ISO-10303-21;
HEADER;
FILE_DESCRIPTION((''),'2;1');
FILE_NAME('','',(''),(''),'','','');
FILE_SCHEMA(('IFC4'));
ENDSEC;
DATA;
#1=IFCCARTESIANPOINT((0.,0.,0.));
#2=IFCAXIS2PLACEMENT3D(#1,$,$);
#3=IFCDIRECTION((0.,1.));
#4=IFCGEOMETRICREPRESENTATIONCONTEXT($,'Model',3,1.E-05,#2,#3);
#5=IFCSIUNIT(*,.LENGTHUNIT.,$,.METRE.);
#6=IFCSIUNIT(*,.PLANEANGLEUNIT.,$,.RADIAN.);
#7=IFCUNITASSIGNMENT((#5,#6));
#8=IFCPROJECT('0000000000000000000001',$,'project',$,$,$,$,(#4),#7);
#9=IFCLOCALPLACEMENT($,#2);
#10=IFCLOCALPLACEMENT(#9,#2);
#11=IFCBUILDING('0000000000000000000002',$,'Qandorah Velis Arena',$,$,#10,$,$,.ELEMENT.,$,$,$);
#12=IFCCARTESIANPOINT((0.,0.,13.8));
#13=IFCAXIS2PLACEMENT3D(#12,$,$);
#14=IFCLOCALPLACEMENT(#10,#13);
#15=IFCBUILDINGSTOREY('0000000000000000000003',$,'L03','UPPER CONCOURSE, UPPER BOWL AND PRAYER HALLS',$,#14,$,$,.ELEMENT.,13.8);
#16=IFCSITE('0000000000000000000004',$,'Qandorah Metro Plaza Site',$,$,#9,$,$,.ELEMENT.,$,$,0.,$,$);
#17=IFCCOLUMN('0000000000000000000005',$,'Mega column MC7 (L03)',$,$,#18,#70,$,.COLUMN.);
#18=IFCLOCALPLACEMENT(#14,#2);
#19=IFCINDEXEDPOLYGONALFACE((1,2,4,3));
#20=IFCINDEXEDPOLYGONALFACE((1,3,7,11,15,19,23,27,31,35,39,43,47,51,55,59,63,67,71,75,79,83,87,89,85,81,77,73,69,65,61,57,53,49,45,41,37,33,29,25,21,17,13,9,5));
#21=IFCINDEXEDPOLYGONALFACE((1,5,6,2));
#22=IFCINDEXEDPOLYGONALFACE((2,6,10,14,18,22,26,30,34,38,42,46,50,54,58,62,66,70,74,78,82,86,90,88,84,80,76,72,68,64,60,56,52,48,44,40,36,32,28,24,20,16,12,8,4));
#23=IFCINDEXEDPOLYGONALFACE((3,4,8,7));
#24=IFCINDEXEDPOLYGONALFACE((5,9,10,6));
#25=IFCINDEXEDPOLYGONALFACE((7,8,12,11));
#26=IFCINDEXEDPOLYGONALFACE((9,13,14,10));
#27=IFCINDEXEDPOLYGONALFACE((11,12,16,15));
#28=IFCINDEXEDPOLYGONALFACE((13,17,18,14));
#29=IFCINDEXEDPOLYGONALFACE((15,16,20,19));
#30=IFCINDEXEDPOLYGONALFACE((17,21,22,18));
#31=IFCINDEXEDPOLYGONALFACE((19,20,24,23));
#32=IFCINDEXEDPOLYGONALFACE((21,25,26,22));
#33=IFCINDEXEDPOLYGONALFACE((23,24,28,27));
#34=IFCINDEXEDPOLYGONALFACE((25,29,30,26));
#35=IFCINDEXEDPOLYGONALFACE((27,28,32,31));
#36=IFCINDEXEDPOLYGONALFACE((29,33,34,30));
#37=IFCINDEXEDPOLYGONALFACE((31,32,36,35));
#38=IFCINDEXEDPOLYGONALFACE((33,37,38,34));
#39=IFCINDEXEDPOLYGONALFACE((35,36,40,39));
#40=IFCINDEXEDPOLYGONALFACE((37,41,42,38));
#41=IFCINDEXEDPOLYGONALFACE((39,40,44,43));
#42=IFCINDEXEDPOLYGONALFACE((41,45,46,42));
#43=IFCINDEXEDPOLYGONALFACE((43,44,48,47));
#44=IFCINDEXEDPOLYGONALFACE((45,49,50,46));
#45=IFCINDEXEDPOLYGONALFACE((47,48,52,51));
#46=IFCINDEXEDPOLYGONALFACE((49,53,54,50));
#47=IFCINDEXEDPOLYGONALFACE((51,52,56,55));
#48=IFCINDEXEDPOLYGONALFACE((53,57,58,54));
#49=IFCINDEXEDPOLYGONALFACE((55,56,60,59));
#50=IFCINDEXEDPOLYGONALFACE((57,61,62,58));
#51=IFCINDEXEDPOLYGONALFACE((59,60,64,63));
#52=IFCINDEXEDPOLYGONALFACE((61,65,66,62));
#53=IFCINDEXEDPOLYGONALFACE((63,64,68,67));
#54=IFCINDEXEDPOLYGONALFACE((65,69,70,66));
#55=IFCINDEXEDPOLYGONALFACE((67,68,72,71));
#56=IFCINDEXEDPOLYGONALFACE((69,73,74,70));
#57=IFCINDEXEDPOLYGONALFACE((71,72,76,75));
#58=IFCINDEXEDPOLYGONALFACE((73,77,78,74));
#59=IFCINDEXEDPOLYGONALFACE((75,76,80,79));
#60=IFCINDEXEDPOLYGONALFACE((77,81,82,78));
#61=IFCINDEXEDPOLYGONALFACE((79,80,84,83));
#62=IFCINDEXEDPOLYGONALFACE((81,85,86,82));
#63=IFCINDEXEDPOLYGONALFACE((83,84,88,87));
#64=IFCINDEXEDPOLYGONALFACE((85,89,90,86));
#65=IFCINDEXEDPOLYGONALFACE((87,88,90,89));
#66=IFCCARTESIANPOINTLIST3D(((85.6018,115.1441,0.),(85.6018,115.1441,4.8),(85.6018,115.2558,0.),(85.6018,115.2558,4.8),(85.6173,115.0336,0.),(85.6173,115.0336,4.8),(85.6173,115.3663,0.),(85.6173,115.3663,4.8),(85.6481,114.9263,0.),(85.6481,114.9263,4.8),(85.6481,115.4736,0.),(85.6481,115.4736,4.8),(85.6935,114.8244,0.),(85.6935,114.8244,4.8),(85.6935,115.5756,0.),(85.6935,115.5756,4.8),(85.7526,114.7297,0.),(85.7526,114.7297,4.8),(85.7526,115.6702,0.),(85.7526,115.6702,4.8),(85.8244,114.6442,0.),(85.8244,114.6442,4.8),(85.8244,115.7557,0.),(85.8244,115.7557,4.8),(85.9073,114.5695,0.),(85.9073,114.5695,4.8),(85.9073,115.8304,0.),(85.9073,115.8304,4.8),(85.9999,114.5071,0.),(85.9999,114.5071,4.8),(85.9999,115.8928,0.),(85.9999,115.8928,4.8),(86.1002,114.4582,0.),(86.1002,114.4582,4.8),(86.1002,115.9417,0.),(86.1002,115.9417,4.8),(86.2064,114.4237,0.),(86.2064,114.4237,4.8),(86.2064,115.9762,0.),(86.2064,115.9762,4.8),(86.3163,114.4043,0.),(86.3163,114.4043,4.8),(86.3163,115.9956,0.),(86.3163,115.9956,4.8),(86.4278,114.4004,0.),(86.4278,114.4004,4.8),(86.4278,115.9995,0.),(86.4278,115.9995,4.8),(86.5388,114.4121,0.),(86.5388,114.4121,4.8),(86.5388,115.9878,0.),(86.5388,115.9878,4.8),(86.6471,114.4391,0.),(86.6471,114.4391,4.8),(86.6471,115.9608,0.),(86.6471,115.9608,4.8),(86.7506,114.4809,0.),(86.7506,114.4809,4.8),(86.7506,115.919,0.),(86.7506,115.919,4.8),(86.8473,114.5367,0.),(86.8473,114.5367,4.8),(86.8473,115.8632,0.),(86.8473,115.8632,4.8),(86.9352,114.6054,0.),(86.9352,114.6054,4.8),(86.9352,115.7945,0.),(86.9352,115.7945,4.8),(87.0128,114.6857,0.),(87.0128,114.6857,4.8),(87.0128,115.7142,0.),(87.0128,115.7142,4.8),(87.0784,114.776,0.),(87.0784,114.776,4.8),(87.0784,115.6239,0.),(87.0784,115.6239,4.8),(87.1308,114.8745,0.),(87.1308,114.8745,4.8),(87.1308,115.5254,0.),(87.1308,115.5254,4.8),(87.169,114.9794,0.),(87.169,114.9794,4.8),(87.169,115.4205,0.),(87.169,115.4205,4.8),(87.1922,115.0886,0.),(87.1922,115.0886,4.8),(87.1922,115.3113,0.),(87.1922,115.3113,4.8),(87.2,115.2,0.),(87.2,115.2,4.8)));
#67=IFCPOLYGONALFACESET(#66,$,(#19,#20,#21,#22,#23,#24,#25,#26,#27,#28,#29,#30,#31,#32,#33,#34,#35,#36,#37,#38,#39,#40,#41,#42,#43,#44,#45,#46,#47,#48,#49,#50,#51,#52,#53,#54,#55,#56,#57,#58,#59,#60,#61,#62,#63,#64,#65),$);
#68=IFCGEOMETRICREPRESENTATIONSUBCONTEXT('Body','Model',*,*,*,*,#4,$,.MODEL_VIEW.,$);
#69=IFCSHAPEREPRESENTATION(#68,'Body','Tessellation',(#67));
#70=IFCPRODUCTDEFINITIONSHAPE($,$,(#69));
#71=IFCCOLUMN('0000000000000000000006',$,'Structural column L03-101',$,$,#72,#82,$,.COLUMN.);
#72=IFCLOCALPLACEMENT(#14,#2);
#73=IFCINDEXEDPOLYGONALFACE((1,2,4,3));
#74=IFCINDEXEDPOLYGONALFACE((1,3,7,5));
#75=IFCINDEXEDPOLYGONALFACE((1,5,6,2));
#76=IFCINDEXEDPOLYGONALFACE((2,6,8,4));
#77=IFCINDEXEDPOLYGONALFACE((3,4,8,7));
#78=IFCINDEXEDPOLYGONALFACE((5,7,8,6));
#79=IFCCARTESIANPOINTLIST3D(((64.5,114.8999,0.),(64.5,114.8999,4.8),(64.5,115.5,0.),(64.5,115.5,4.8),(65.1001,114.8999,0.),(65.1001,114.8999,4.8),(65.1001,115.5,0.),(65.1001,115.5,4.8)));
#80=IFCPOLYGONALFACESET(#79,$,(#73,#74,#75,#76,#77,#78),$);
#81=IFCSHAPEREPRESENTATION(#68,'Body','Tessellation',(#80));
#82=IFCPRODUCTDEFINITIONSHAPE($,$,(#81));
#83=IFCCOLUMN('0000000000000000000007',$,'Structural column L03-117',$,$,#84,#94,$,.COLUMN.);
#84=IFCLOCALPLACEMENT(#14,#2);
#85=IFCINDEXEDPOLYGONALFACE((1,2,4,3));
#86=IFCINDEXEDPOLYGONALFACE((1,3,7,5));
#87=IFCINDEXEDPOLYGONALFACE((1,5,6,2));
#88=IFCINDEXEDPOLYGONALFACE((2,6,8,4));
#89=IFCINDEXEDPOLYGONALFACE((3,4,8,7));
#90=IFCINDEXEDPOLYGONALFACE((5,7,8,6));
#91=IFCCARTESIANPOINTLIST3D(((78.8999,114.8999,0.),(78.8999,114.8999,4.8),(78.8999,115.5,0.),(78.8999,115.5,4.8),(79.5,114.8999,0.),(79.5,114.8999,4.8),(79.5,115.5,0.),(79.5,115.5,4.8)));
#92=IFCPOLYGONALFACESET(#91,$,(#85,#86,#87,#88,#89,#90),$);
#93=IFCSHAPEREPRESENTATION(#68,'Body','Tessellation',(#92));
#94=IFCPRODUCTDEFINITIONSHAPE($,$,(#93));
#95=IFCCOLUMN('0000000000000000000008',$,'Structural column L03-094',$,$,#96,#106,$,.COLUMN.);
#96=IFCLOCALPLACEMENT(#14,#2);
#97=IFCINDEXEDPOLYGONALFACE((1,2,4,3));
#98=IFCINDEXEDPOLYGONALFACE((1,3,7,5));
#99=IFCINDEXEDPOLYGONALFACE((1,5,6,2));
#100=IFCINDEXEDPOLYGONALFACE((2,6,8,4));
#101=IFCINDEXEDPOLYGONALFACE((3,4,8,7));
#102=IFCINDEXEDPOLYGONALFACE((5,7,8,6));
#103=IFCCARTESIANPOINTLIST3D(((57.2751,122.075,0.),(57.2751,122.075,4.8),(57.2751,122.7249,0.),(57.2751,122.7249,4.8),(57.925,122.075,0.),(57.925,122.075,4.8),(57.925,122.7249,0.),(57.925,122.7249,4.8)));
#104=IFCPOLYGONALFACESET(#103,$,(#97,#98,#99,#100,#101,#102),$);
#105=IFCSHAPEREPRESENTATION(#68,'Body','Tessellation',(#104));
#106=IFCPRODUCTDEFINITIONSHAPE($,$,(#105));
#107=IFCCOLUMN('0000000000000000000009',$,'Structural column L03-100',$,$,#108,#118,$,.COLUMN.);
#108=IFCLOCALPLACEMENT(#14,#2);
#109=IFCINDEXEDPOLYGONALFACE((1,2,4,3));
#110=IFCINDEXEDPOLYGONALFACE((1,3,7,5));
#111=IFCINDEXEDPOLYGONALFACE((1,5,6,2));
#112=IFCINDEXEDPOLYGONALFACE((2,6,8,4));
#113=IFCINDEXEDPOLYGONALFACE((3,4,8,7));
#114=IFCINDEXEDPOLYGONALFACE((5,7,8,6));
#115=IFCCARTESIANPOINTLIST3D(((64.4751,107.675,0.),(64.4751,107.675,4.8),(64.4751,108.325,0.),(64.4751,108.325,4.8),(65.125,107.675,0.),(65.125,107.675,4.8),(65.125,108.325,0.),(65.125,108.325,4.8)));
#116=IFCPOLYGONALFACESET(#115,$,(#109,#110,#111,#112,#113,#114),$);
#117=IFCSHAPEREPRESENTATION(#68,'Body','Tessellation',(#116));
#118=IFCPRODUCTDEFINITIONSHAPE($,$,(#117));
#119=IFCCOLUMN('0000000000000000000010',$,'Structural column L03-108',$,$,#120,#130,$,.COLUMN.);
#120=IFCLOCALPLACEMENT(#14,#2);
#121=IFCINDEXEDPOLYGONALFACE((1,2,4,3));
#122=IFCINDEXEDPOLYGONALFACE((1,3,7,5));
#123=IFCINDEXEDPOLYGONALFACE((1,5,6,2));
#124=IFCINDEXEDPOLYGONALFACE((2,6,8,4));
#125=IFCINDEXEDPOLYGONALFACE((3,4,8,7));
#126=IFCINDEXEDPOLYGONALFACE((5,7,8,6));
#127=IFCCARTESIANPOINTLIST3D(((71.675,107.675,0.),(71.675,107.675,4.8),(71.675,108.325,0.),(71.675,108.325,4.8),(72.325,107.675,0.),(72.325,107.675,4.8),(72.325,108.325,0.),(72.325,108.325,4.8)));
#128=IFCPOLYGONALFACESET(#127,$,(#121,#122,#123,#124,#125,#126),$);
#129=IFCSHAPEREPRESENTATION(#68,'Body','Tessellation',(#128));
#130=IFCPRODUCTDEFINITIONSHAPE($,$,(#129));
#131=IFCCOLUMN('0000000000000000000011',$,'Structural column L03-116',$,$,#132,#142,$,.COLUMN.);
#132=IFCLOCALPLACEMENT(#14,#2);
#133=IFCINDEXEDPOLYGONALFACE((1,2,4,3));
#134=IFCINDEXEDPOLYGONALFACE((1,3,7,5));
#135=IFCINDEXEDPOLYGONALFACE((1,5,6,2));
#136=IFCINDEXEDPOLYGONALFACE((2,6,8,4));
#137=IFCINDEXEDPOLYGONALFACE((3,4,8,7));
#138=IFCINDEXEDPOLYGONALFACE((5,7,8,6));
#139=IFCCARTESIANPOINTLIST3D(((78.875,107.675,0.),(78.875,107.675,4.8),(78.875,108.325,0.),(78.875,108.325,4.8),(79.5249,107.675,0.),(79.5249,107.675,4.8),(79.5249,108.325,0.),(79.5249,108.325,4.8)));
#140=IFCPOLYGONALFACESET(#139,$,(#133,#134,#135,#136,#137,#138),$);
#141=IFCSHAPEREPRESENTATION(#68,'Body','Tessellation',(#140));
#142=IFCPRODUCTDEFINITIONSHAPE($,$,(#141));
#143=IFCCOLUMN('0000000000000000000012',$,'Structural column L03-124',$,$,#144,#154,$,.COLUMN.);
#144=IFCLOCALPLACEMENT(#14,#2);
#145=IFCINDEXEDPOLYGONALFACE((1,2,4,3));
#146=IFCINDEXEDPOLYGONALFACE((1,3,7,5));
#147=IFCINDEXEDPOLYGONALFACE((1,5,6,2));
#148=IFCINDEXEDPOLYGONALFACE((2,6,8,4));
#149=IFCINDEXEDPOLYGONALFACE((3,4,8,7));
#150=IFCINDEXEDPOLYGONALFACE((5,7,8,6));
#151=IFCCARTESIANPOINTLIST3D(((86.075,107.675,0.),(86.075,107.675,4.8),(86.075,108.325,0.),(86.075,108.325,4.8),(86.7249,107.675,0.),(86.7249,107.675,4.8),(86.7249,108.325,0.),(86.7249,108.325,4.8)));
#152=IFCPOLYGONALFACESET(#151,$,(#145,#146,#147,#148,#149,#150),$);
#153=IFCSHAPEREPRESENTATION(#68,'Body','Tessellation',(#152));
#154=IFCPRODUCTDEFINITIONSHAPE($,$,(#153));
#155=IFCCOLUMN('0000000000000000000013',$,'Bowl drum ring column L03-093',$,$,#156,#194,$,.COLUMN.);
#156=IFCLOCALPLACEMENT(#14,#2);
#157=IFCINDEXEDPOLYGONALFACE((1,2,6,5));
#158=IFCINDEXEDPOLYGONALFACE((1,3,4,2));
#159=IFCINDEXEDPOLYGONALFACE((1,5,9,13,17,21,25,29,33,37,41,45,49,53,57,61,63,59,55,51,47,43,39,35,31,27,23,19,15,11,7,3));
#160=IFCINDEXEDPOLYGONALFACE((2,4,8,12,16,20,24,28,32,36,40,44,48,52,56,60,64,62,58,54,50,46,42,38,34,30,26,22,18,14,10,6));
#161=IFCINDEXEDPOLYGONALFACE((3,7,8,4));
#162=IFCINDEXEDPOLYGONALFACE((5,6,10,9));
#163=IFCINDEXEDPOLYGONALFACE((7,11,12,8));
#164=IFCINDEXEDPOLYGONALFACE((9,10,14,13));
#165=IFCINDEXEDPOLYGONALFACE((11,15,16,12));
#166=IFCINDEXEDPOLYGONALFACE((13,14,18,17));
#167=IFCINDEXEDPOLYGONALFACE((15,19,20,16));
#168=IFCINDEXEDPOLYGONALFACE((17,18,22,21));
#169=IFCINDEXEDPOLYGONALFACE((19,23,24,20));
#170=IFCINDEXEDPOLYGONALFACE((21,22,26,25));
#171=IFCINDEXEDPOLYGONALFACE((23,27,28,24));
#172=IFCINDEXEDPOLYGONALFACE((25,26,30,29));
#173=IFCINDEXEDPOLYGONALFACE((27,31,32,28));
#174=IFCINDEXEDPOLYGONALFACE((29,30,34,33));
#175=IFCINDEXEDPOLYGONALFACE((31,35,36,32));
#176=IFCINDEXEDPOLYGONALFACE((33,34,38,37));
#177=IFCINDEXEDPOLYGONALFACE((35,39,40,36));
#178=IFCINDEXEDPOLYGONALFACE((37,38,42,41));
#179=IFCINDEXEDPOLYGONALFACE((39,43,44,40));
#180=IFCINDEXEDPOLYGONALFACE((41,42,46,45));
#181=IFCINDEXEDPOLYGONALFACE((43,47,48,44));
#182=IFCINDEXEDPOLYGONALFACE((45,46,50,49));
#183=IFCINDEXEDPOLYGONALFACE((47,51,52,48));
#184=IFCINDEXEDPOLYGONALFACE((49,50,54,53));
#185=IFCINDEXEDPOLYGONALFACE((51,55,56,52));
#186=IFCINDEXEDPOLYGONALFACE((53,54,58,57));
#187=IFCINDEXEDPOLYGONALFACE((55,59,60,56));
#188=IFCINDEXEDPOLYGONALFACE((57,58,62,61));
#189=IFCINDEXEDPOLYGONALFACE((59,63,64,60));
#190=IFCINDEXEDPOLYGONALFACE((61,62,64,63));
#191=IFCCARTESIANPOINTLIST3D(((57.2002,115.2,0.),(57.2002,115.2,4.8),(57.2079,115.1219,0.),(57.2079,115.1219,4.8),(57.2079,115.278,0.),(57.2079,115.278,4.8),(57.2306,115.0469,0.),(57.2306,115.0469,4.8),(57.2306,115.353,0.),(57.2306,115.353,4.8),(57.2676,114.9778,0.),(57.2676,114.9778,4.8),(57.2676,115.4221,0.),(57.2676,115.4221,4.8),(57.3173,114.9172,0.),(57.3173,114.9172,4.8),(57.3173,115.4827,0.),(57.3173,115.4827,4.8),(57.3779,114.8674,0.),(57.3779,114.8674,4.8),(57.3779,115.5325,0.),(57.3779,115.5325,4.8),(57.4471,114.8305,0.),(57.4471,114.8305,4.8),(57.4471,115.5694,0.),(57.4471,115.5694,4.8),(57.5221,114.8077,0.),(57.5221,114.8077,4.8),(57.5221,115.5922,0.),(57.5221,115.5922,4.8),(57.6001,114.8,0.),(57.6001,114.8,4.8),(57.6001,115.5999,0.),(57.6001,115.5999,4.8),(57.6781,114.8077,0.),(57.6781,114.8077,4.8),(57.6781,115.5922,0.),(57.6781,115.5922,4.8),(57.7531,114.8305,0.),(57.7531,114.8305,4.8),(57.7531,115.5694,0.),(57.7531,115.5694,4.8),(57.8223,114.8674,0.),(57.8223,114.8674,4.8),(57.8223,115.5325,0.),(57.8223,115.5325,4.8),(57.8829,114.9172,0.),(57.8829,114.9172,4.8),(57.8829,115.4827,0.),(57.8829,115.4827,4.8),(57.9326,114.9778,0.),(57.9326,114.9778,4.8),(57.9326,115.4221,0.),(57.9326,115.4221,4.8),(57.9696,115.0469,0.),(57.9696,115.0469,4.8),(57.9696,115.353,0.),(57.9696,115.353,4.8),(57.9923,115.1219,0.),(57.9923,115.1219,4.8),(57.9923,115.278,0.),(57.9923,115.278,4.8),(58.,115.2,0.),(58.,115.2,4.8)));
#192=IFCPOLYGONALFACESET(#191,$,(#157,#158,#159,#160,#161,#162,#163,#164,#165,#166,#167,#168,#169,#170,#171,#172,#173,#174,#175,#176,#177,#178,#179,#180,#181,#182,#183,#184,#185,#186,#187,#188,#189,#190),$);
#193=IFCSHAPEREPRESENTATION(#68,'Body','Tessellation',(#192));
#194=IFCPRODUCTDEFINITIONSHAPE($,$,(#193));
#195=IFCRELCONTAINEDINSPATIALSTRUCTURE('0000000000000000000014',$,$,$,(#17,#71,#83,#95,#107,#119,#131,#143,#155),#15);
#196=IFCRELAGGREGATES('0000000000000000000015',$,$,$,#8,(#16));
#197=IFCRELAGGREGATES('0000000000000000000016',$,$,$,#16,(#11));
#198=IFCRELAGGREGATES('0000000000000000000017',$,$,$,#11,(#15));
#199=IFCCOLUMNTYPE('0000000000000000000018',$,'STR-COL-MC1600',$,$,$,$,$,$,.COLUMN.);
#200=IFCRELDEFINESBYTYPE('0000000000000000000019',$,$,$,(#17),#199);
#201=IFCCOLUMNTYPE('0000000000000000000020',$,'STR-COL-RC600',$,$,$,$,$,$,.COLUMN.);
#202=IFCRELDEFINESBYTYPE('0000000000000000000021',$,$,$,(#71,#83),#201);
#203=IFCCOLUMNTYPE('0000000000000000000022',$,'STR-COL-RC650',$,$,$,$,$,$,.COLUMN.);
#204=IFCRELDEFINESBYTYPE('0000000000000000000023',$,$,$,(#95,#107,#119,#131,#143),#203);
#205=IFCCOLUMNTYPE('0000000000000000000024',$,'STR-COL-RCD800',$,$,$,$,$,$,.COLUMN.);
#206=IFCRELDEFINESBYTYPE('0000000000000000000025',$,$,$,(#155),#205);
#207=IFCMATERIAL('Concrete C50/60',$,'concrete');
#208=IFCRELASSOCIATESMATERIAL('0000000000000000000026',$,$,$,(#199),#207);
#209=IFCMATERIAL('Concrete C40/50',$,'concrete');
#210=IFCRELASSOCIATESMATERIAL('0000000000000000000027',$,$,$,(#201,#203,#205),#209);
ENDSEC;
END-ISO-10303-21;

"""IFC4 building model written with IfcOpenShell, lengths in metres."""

from ifc_helpers import new_model, si_unit, direction, frame, origin, origin_2d, place, context, subcontext, project, spatial, rectangle, circle, extrude, material, material_profile, profile_set, type_object, element, save


model = new_model("IFC4")

# Units and contexts
model_context = context("Model", 3, precision=1e-05, world=origin(), true_north=direction((0.0, 1.0)))
body_context = subcontext(model_context, "Body", "Model", "MODEL_VIEW")
ifc_project = project(units=[si_unit("LENGTHUNIT", "METRE"), si_unit("PLANEANGLEUNIT", "RADIAN")], contexts=[model_context])

# Site, building, storey
site_placement = place(None, origin())
site = spatial("IfcSite", under=ifc_project, at=site_placement, Name="Qandorah Metro Plaza Site", CompositionType="ELEMENT", RefElevation=0.0)
building_placement = place(site_placement, origin())
building = spatial("IfcBuilding", under=site, at=building_placement, Name="Qandorah Velis Arena", CompositionType="ELEMENT")
storey_placement = place(building_placement, frame((0.0, 0.0, 13.8)))
storey = spatial("IfcBuildingStorey", under=building, at=storey_placement, Name="L03", Description="UPPER CONCOURSE, UPPER BOWL AND PRAYER HALLS", CompositionType="ELEMENT", Elevation=13.8)

# Columns
ifc_material_1 = material(Name="Concrete C50/60", Category="concrete")
ifc_material_profile_1 = material_profile(ifc_material_1, circle(Radius=0.8, at=origin_2d()), Name="MC D1600")
ifc_profile_set_1 = profile_set([ifc_material_profile_1], Name="Concrete C50/60")
column_type_1 = type_object("IfcColumnType", Name="STR-COL-MC1600", PredefinedType="COLUMN", material=ifc_profile_set_1)
column_placement = place(storey_placement, frame((86.3999, 115.2, 0.0), z_axis=(0.0, 0.0, 1.0), x_axis=(1.0, 0.0, 0.0)))
element("IfcColumn", 1, at=column_placement, inside=storey, type_object=column_type_1, Name="Mega column MC7 (L03)", PredefinedType="COLUMN", context=body_context, shape_type="SweptSolid", body=[
    extrude(circle(Radius=0.8, at=origin_2d()), origin(), (0.0, 0.0, 1.0), 4.8),
])
ifc_material_2 = material(Name="Concrete C40/50", Category="concrete")
ifc_material_profile_2 = material_profile(ifc_material_2, rectangle(XDim=0.6001, YDim=0.6001, at=origin_2d()), Name="RC COL 600x600")
ifc_profile_set_2 = profile_set([ifc_material_profile_2], Name="Concrete C40/50")
column_type_2 = type_object("IfcColumnType", Name="STR-COL-RC600", PredefinedType="COLUMN", material=ifc_profile_set_2)
for number, where, z_axis, x_axis, name in (
    (2, (64.8, 115.2, 0.0), (0.0, 0.0, 1.0), (1.0, 0.0, 0.0), "Structural column L03-101"),
    (3, (79.2, 115.2, 0.0), (0.0, 0.0, 1.0), (1.0, 0.0, 0.0), "Structural column L03-117"),
):
    element("IfcColumn", number, at=place(storey_placement, frame(where, z_axis=z_axis, x_axis=x_axis)), inside=storey, type_object=column_type_2, Name=name, PredefinedType="COLUMN", context=body_context, shape_type="SweptSolid", body=[
        extrude(rectangle(XDim=0.6001, YDim=0.6001, at=origin_2d()), origin(), (0.0, 0.0, 1.0), 4.8),
    ])
ifc_material_profile_3 = material_profile(ifc_material_2, rectangle(XDim=0.6499, YDim=0.6499, at=origin_2d()), Name="RC COL 650x650")
ifc_profile_set_3 = profile_set([ifc_material_profile_3], Name="Concrete C40/50")
column_type_3 = type_object("IfcColumnType", Name="STR-COL-RC650", PredefinedType="COLUMN", material=ifc_profile_set_3)
for number, where, z_axis, x_axis, name in (
    (4, (57.6001, 122.3999, 0.0), (0.0, 0.0, 1.0), (1.0, 0.0, 0.0), "Structural column L03-094"),
    (5, (64.8, 108.0, 0.0), (0.0, 0.0, 1.0), (1.0, 0.0, 0.0), "Structural column L03-100"),
    (6, (72.0, 108.0, 0.0), (0.0, 0.0, 1.0), (1.0, 0.0, 0.0), "Structural column L03-108"),
    (7, (79.2, 108.0, 0.0), (0.0, 0.0, 1.0), (1.0, 0.0, 0.0), "Structural column L03-116"),
    (8, (86.3999, 108.0, 0.0), (0.0, 0.0, 1.0), (1.0, 0.0, 0.0), "Structural column L03-124"),
):
    element("IfcColumn", number, at=place(storey_placement, frame(where, z_axis=z_axis, x_axis=x_axis)), inside=storey, type_object=column_type_3, Name=name, PredefinedType="COLUMN", context=body_context, shape_type="SweptSolid", body=[
        extrude(rectangle(XDim=0.6499, YDim=0.6499, at=origin_2d()), origin(), (0.0, 0.0, 1.0), 4.8),
    ])
ifc_material_profile_4 = material_profile(ifc_material_2, circle(Radius=0.3999, at=origin_2d()), Name="RC D800")
ifc_profile_set_4 = profile_set([ifc_material_profile_4], Name="Concrete C40/50")
column_type_4 = type_object("IfcColumnType", Name="STR-COL-RCD800", PredefinedType="COLUMN", material=ifc_profile_set_4)
for number, where, z_axis, x_axis, name in (
    (9, (57.6001, 115.2, 0.0), (0.0, 0.0, 1.0), (1.0, 0.0, 0.0), "Bowl drum ring column L03-093"),
):
    element("IfcColumn", number, at=place(storey_placement, frame(where, z_axis=z_axis, x_axis=x_axis)), inside=storey, type_object=column_type_4, Name=name, PredefinedType="COLUMN", context=body_context, shape_type="SweptSolid", body=[
        extrude(circle(Radius=0.3999, at=origin_2d()), origin(), (0.0, 0.0, 1.0), 4.8),
    ])

save(model, "model.ifc")
